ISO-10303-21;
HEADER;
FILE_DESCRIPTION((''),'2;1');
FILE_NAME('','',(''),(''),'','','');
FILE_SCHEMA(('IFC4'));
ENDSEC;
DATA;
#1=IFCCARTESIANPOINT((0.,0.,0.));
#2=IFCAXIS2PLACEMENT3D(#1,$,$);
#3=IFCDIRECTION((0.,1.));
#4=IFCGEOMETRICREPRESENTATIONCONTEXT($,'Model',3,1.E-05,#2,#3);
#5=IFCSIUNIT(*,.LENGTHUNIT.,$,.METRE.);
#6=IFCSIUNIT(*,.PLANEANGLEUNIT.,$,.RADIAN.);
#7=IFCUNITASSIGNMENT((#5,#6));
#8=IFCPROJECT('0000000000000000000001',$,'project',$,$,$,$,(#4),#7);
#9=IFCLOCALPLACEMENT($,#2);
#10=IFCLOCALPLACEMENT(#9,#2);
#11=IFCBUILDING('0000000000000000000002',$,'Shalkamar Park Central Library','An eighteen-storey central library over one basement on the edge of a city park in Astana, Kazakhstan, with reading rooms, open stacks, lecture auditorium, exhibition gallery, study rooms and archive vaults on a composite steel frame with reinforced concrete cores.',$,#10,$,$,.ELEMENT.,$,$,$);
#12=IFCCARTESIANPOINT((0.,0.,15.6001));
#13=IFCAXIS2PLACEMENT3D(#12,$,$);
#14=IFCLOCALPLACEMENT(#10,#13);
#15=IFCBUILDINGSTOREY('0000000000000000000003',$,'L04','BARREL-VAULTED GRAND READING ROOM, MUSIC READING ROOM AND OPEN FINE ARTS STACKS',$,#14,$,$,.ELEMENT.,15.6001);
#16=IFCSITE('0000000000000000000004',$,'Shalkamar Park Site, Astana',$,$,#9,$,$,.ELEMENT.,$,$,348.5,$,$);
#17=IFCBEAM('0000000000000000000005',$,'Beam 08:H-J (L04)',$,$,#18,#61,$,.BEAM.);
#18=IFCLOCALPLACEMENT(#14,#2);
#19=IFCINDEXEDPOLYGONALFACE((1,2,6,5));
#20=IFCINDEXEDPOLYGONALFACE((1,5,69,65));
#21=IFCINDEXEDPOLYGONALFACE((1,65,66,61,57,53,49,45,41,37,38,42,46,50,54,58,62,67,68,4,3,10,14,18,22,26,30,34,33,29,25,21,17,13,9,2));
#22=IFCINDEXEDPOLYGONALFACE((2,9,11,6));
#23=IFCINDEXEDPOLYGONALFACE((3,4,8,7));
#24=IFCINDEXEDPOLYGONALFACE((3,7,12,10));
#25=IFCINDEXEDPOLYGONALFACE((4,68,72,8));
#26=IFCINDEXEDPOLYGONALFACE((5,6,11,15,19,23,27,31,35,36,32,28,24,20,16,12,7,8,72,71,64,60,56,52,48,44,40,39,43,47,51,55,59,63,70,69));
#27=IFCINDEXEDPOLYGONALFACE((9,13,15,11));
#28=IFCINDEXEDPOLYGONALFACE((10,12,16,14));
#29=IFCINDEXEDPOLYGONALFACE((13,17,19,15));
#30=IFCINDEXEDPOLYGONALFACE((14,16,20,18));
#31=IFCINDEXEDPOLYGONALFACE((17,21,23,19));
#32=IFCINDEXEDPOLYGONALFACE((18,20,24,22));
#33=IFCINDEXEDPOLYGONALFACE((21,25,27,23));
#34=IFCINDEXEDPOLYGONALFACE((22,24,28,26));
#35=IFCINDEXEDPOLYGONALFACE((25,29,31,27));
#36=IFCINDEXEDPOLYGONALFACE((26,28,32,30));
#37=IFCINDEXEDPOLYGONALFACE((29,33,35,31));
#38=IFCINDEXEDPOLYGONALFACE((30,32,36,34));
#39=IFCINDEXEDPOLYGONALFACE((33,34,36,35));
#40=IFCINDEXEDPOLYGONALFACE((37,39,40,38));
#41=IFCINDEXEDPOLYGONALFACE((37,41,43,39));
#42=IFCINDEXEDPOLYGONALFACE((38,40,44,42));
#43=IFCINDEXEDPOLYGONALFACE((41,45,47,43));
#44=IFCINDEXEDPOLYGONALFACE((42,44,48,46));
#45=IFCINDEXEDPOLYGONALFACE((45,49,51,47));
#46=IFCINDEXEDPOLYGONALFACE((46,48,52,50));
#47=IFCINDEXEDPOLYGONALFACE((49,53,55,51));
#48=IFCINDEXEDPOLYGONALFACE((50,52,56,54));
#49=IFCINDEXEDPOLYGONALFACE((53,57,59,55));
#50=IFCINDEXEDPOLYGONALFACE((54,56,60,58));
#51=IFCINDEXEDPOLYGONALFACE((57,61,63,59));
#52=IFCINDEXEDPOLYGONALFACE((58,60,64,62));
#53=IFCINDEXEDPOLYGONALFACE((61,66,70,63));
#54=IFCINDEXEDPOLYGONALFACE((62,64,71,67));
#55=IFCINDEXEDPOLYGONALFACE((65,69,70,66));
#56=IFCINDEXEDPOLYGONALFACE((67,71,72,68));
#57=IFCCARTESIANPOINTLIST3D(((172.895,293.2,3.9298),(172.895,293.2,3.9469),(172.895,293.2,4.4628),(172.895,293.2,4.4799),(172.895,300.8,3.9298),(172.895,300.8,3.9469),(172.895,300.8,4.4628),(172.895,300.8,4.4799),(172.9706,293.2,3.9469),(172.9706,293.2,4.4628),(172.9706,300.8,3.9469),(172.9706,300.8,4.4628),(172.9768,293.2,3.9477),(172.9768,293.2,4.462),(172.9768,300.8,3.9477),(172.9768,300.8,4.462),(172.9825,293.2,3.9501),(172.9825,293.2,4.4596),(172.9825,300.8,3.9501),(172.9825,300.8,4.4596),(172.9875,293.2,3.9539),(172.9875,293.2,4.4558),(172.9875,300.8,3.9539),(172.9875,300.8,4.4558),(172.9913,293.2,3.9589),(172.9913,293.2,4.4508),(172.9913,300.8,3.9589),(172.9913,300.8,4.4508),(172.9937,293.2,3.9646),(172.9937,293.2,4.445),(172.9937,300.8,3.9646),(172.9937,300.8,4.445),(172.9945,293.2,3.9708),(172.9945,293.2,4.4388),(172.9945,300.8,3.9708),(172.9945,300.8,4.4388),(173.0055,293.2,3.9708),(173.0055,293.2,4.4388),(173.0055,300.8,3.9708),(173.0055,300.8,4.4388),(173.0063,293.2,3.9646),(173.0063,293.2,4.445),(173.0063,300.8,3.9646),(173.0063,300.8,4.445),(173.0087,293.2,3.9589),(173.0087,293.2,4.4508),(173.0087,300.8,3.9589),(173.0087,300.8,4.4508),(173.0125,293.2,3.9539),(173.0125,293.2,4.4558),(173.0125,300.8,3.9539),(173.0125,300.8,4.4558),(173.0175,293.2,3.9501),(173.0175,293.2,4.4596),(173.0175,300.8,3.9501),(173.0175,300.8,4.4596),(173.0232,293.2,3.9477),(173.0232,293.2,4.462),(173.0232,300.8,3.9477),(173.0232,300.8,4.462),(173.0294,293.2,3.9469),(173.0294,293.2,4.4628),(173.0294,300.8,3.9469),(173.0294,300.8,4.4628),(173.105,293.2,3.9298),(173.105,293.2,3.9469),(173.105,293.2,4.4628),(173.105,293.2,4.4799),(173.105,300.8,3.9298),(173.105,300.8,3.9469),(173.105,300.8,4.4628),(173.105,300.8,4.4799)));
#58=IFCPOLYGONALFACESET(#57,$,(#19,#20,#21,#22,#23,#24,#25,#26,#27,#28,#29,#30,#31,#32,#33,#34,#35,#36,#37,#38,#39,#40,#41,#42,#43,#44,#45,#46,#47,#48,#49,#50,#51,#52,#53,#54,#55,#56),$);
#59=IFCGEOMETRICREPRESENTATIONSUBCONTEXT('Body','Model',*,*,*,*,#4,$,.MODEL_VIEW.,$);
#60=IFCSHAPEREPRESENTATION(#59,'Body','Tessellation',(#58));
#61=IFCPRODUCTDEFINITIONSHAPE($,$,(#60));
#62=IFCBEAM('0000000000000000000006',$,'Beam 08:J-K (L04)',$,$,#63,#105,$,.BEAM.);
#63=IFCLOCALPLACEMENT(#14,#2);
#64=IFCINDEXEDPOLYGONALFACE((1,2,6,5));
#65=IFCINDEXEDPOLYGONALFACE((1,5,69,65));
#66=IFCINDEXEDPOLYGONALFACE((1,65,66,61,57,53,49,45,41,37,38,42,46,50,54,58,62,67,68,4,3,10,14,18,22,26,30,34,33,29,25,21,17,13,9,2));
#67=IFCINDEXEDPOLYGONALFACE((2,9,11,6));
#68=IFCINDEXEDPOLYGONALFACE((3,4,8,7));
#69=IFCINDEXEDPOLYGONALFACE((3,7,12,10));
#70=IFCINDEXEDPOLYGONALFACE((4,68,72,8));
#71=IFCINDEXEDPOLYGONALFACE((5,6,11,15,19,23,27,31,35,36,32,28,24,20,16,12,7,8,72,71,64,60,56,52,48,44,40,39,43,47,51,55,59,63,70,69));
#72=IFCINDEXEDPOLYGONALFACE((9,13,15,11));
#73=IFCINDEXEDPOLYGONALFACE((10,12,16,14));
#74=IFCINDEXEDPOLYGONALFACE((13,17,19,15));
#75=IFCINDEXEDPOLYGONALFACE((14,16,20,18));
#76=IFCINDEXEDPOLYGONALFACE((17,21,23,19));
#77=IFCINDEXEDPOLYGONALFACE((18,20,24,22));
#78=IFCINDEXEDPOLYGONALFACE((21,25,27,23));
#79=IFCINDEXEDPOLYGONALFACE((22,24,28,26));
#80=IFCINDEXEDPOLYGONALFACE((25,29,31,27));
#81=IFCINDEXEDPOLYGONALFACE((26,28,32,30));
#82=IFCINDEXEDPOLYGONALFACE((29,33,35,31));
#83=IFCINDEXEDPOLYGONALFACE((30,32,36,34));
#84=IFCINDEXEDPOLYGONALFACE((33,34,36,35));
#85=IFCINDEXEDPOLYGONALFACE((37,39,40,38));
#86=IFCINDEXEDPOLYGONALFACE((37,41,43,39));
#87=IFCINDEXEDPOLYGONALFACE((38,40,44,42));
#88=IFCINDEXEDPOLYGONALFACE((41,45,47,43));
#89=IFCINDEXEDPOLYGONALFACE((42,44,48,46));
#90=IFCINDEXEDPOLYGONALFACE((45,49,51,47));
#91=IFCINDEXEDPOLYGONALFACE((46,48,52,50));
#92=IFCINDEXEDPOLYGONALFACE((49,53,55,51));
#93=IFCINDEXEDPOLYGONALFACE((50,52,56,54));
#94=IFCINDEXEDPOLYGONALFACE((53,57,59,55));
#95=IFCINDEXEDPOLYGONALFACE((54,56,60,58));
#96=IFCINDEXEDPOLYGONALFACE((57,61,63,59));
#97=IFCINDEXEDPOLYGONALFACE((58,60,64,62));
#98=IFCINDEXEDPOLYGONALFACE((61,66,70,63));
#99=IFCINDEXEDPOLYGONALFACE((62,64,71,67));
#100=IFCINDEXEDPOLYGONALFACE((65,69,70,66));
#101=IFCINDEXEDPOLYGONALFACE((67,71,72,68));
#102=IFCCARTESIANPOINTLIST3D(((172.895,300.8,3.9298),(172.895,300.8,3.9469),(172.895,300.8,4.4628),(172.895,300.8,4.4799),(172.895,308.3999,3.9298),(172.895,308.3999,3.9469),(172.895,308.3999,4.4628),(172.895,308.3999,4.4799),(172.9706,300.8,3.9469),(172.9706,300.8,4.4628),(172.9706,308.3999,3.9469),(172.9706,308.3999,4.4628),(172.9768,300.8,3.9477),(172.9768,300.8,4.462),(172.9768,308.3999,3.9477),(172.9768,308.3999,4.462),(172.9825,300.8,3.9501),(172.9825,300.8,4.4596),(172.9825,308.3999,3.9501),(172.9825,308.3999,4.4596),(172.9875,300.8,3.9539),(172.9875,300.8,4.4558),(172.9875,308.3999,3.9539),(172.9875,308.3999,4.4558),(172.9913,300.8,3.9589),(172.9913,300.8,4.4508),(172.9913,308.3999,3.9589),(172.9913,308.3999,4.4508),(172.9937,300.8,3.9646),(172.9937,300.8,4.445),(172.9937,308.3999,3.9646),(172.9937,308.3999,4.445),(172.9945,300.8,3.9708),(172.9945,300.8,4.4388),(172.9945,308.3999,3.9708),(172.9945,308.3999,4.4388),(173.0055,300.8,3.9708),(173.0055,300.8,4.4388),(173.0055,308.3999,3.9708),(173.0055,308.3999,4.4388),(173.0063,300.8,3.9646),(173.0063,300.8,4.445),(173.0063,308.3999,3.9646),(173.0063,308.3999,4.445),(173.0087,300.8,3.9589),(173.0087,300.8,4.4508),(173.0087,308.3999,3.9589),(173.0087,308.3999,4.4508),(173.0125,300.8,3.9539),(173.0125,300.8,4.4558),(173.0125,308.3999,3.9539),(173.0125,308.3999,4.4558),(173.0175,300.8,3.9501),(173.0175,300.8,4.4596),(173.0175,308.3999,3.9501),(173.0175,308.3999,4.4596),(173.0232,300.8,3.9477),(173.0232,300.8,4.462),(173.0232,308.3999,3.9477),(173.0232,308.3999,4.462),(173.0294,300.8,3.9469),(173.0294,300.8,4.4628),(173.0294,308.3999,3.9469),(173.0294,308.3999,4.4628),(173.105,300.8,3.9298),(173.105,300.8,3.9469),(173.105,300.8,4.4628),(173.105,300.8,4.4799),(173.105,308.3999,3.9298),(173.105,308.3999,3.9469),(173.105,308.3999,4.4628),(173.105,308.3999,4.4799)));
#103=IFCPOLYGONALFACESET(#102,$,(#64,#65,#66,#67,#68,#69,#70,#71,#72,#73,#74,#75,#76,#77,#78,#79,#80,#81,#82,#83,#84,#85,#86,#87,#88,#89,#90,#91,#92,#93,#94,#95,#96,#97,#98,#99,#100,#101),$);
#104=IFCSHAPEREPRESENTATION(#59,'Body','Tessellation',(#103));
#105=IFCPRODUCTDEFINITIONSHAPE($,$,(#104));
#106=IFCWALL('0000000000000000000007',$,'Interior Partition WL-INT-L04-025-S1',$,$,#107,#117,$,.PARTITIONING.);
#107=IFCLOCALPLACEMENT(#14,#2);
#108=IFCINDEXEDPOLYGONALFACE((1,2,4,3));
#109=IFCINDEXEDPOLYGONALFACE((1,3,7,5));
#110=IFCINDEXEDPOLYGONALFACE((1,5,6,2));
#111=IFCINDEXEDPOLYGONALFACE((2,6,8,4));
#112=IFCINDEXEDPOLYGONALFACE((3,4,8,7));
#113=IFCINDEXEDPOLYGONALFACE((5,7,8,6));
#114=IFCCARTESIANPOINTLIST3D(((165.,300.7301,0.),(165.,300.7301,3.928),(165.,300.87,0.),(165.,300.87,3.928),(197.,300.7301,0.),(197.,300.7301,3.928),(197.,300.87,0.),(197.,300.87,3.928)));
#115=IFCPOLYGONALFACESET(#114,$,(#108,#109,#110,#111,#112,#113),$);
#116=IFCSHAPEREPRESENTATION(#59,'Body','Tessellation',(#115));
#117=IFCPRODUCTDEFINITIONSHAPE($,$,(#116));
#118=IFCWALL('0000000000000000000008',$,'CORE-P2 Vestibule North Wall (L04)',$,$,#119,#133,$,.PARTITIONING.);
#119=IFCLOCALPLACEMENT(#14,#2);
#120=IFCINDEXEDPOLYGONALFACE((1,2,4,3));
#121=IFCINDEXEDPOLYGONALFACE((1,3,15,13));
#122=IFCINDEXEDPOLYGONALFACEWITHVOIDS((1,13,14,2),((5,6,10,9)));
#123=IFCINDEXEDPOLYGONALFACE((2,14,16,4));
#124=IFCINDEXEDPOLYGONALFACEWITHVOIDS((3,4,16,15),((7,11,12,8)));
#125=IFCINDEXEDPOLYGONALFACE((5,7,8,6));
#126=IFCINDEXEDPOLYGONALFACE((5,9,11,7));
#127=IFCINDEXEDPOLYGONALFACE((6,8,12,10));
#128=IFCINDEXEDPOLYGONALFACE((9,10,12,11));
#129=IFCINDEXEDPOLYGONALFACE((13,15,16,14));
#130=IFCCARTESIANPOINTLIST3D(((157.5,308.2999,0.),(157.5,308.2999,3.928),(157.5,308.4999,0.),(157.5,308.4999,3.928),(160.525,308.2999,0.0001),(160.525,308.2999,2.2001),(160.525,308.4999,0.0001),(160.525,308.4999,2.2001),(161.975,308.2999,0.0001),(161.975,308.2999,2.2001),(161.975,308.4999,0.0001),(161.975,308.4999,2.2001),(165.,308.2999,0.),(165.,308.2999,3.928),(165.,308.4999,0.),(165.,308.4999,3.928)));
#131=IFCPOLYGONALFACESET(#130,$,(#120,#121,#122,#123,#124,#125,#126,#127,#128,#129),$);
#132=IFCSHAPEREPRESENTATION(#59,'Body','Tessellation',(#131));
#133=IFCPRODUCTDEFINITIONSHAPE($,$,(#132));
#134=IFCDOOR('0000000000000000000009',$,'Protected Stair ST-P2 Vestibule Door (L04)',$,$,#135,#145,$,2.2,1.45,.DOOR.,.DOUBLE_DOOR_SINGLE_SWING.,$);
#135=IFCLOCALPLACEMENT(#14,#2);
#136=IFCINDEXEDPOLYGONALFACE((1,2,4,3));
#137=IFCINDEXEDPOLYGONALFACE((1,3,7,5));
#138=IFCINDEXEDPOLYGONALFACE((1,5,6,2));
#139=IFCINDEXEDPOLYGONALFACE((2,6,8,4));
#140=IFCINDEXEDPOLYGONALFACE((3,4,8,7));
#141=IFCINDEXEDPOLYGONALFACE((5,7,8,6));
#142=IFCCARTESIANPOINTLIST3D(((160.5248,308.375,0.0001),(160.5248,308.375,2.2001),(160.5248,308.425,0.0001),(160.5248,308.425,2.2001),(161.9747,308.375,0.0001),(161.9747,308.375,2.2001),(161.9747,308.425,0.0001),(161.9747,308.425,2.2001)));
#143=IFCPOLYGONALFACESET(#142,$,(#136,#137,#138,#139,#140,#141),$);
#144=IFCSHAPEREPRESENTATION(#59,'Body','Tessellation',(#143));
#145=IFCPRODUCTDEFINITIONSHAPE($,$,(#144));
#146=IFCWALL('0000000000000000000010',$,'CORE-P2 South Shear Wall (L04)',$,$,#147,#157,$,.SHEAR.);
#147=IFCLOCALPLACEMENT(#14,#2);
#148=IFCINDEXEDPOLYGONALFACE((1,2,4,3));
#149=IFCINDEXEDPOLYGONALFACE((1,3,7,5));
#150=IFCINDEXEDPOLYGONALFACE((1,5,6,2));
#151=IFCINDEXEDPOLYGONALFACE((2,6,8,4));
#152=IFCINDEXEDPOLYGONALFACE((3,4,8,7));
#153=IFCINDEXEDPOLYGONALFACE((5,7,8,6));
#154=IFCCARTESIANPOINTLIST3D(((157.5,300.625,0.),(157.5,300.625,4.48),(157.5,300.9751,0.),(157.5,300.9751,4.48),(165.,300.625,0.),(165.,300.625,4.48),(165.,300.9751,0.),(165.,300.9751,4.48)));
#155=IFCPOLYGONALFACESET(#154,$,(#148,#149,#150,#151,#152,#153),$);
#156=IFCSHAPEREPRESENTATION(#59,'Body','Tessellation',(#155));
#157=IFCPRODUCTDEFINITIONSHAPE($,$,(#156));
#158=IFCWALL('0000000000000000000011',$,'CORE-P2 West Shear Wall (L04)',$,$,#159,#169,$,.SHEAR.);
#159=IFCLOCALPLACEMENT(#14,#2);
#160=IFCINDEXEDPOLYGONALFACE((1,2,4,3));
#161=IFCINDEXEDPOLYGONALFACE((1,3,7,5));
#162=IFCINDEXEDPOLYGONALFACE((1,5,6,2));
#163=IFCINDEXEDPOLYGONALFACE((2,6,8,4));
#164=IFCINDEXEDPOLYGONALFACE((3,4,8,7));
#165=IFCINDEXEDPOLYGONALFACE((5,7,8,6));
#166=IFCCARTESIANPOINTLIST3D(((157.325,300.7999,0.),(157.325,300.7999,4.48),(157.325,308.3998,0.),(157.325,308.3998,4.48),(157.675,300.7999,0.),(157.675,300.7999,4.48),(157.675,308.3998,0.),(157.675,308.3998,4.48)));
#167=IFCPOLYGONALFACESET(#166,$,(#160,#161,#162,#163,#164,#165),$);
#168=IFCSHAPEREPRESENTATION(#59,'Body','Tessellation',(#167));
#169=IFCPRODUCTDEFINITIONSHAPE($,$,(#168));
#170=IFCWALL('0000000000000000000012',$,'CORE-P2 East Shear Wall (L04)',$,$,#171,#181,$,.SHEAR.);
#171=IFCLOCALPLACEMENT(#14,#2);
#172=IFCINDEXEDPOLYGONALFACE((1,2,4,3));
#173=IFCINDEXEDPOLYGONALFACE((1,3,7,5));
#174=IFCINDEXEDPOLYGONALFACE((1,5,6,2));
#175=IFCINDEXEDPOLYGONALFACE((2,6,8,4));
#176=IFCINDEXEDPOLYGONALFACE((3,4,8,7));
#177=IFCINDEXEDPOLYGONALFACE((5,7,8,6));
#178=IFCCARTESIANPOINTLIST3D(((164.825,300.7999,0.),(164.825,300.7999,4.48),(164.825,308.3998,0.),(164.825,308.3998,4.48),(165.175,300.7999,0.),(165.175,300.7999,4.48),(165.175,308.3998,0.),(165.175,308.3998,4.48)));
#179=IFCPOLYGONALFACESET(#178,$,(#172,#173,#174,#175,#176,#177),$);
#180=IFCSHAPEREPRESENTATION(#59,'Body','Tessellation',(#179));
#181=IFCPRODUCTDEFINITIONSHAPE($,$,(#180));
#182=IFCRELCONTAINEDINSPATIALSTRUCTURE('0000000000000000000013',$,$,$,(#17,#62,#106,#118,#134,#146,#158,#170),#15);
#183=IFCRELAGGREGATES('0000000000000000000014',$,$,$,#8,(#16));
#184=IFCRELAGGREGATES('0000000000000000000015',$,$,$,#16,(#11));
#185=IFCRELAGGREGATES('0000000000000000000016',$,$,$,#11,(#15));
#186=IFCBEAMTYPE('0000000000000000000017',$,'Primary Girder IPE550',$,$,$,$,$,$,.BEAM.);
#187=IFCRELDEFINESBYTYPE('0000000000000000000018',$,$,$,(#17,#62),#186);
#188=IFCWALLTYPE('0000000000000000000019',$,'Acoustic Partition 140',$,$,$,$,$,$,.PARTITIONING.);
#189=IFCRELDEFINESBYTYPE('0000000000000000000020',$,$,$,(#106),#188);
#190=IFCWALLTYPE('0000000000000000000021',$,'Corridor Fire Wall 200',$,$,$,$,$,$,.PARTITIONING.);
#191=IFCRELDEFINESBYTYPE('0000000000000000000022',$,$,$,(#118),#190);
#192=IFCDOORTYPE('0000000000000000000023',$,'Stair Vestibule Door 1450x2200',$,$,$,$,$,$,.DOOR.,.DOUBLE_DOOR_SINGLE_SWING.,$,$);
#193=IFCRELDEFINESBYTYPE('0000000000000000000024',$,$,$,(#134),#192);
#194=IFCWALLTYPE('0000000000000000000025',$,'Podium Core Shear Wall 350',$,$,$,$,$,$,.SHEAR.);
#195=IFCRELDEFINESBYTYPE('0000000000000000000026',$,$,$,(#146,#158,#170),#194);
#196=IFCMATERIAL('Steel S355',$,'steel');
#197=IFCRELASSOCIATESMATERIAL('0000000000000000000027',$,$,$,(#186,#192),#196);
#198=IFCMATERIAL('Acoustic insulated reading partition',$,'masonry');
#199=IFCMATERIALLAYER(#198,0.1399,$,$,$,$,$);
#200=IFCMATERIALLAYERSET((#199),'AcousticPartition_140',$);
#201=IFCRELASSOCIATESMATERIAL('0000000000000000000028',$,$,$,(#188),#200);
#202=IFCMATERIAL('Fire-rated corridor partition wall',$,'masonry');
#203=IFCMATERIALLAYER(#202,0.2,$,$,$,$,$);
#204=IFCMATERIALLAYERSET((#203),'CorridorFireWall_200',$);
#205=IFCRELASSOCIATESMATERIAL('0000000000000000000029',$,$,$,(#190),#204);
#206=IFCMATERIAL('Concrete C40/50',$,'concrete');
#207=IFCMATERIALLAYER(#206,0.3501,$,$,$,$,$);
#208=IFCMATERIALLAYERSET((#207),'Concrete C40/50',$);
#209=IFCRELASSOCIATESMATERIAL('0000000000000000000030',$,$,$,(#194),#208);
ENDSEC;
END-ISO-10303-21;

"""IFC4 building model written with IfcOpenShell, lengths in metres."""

from ifc_helpers import new_model, si_unit, direction, frame, frame_2d, origin, origin_2d, place, context, subcontext, project, spatial, rectangle, i_section, extrude, material, layer, layer_set, material_profile, profile_set, type_object, element, fill, save


model = new_model("IFC4")

# Units and contexts
model_context = context("Model", 3, precision=1e-05, world=origin(), true_north=direction((0.0, 1.0)))
body_context = subcontext(model_context, "Body", "Model", "MODEL_VIEW")
ifc_project = project(units=[si_unit("LENGTHUNIT", "METRE"), si_unit("PLANEANGLEUNIT", "RADIAN")], contexts=[model_context])

# Site, building, storey
site_placement = place(None, origin())
site = spatial("IfcSite", under=ifc_project, at=site_placement, Name="Shalkamar Park Site, Astana", CompositionType="ELEMENT", RefElevation=348.5)
building_placement = place(site_placement, origin())
building = spatial("IfcBuilding", under=site, at=building_placement, Name="Shalkamar Park Central Library", Description="An eighteen-storey central library over one basement on the edge of a city park in Astana, Kazakhstan, with reading rooms, open stacks, lecture auditorium, exhibition gallery, study rooms and archive vaults on a composite steel frame with reinforced concrete cores.", CompositionType="ELEMENT")
storey_placement = place(building_placement, frame((0.0, 0.0, 15.6001)))
storey = spatial("IfcBuildingStorey", under=building, at=storey_placement, Name="L04", Description="BARREL-VAULTED GRAND READING ROOM, MUSIC READING ROOM AND OPEN FINE ARTS STACKS", CompositionType="ELEMENT", Elevation=15.6001)

# Shared definitions
ifc_material_1 = material(Name="Concrete C40/50", Category="concrete")
ifc_material_2 = material(Name="Steel S355", Category="steel")

# Beams
ifc_material_profile_1 = material_profile(ifc_material_2, i_section(OverallWidth=0.21, OverallDepth=0.55, WebThickness=0.011, FlangeThickness=0.0171, FilletRadius=0.0239, at=origin_2d()), Name="IPE 550")
ifc_profile_set_1 = profile_set([ifc_material_profile_1], Name="Steel S355")
beam_type_1 = type_object("IfcBeamType", Name="Primary Girder IPE550", PredefinedType="BEAM", material=ifc_profile_set_1)
beam_1_placement = place(storey_placement, frame((173.0, 293.2, 4.2048), z_axis=(0.0, 1.0, 0.0), x_axis=(-1.0, 0.0, 0.0)))
element("IfcBeam", 1, at=beam_1_placement, inside=storey, type_object=beam_type_1, Name="Beam 08:H-J (L04)", PredefinedType="BEAM", context=body_context, shape_type="SweptSolid", body=[
    extrude(i_section(OverallWidth=0.21, OverallDepth=0.55, WebThickness=0.011, FlangeThickness=0.0171, FilletRadius=0.0239, at=origin_2d()), origin(), (0.0, 0.0, 1.0), 7.6001),
])
beam_2_placement = place(storey_placement, frame((173.0, 300.8, 4.2048), z_axis=(0.0, 1.0, 0.0), x_axis=(-1.0, 0.0, 0.0)))
element("IfcBeam", 2, at=beam_2_placement, inside=storey, type_object=beam_type_1, Name="Beam 08:J-K (L04)", PredefinedType="BEAM", context=body_context, shape_type="SweptSolid", body=[
    extrude(i_section(OverallWidth=0.21, OverallDepth=0.55, WebThickness=0.011, FlangeThickness=0.0171, FilletRadius=0.0239, at=origin_2d()), origin(), (0.0, 0.0, 1.0), 7.5999),
])

# Wall
ifc_material_3 = material(Name="Acoustic insulated reading partition", Category="masonry")
ifc_layer_1 = layer(ifc_material_3, 0.1399)
ifc_layer_set_1 = layer_set([ifc_layer_1], Name="AcousticPartition_140")
wall_type_1 = type_object("IfcWallType", Name="Acoustic Partition 140", PredefinedType="PARTITIONING", material=ifc_layer_set_1)
wall_1_placement = place(storey_placement, frame((165.0, 300.8, 0.0), z_axis=(0.0, 0.0, 1.0), x_axis=(1.0, 0.0, 0.0)))
element("IfcWall", 3, at=wall_1_placement, inside=storey, type_object=wall_type_1, Name="Interior Partition WL-INT-L04-025-S1", PredefinedType="PARTITIONING", context=body_context, shape_type="SweptSolid", body=[
    extrude(rectangle(XDim=32.0, YDim=0.1399, at=frame_2d((16.0, 0.0))), origin(), (0.0, 0.0, 1.0), 3.928),
])

# Wall, opening, door
ifc_material_4 = material(Name="Fire-rated corridor partition wall", Category="masonry")
ifc_layer_2 = layer(ifc_material_4, 0.2)
ifc_layer_set_2 = layer_set([ifc_layer_2], Name="CorridorFireWall_200")
wall_type_2 = type_object("IfcWallType", Name="Corridor Fire Wall 200", PredefinedType="PARTITIONING", material=ifc_layer_set_2)
wall_2_placement = place(storey_placement, frame((157.5, 308.3999, 0.0), z_axis=(0.0, 0.0, 1.0), x_axis=(1.0, 0.0, 0.0)))
wall_2 = element("IfcWall", 4, at=wall_2_placement, inside=storey, type_object=wall_type_2, Name="CORE-P2 Vestibule North Wall (L04)", PredefinedType="PARTITIONING", context=body_context, shape_type="SweptSolid", body=[
    extrude(rectangle(XDim=7.5, YDim=0.2, at=frame_2d((3.75, 0.0))), origin(), (0.0, 0.0, 1.0), 3.928),
])
opening_1_placement = place(wall_2_placement, frame((3.0249, 0.0, 0.0)))
opening_1 = element("IfcOpeningElement", 5, at=opening_1_placement, cuts=wall_2, PredefinedType="OPENING", context=body_context, shape_type="SweptSolid", body=[
    extrude(rectangle(XDim=1.45, YDim=2.2, at=frame_2d((0.7251, 1.1001))), frame((0.0, 0.1147, 0.0), z_axis=(0.0, -1.0, 0.0), x_axis=(1.0, 0.0, 0.0)), (0.0, 0.0, 1.0), 0.2297),
])
door_type_1 = type_object("IfcDoorType", Name="Stair Vestibule Door 1450x2200", OperationType="DOUBLE_DOOR_SINGLE_SWING", PredefinedType="DOOR", material=ifc_material_2)
door_1_placement = place(opening_1_placement, frame((1.45, 0.0, 0.0), z_axis=(0.0, 0.0, 1.0), x_axis=(-1.0, 0.0, 0.0)))
door_1 = element("IfcDoor", 6, at=door_1_placement, inside=storey, type_object=door_type_1, Name="Protected Stair ST-P2 Vestibule Door (L04)", OperationType="DOUBLE_DOOR_SINGLE_SWING", OverallHeight=2.2, OverallWidth=1.45, PredefinedType="DOOR", context=body_context, shape_type="SweptSolid", body=[
    extrude(rectangle(XDim=1.45, YDim=2.2, at=frame_2d((0.7251, 1.1001))), frame((0.0, 0.0249, 0.0), z_axis=(0.0, -1.0, 0.0), x_axis=(1.0, 0.0, 0.0)), (0.0, 0.0, 1.0), 0.05),
])
fill(opening_1, door_1)

# Walls
ifc_layer_3 = layer(ifc_material_1, 0.3501)
ifc_layer_set_3 = layer_set([ifc_layer_3], Name="Concrete C40/50")
wall_type_3 = type_object("IfcWallType", Name="Podium Core Shear Wall 350", PredefinedType="SHEAR", material=ifc_layer_set_3)
wall_3_placement = place(storey_placement, frame((157.5, 300.8, 0.0), z_axis=(0.0, 0.0, 1.0), x_axis=(1.0, 0.0, 0.0)))
element("IfcWall", 7, at=wall_3_placement, inside=storey, type_object=wall_type_3, Name="CORE-P2 South Shear Wall (L04)", PredefinedType="SHEAR", context=body_context, shape_type="SweptSolid", body=[
    extrude(rectangle(XDim=7.5, YDim=0.3501, at=frame_2d((3.75, 0.0))), origin(), (0.0, 0.0, 1.0), 4.48),
])
for number, where, z_axis, x_axis, name in (
    (8, (157.5, 300.8, 0.0), (0.0, 0.0, 1.0), (0.0, 1.0, 0.0), "CORE-P2 West Shear Wall (L04)"),
    (9, (165.0, 300.8, 0.0), (0.0, 0.0, 1.0), (0.0, 1.0, 0.0), "CORE-P2 East Shear Wall (L04)"),
):
    element("IfcWall", number, at=place(storey_placement, frame(where, z_axis=z_axis, x_axis=x_axis)), inside=storey, type_object=wall_type_3, Name=name, PredefinedType="SHEAR", context=body_context, shape_type="SweptSolid", body=[
        extrude(rectangle(XDim=7.5999, YDim=0.3501, at=frame_2d((3.7998, 0.0))), origin(), (0.0, 0.0, 1.0), 4.48),
    ])

save(model, "model.ifc")
